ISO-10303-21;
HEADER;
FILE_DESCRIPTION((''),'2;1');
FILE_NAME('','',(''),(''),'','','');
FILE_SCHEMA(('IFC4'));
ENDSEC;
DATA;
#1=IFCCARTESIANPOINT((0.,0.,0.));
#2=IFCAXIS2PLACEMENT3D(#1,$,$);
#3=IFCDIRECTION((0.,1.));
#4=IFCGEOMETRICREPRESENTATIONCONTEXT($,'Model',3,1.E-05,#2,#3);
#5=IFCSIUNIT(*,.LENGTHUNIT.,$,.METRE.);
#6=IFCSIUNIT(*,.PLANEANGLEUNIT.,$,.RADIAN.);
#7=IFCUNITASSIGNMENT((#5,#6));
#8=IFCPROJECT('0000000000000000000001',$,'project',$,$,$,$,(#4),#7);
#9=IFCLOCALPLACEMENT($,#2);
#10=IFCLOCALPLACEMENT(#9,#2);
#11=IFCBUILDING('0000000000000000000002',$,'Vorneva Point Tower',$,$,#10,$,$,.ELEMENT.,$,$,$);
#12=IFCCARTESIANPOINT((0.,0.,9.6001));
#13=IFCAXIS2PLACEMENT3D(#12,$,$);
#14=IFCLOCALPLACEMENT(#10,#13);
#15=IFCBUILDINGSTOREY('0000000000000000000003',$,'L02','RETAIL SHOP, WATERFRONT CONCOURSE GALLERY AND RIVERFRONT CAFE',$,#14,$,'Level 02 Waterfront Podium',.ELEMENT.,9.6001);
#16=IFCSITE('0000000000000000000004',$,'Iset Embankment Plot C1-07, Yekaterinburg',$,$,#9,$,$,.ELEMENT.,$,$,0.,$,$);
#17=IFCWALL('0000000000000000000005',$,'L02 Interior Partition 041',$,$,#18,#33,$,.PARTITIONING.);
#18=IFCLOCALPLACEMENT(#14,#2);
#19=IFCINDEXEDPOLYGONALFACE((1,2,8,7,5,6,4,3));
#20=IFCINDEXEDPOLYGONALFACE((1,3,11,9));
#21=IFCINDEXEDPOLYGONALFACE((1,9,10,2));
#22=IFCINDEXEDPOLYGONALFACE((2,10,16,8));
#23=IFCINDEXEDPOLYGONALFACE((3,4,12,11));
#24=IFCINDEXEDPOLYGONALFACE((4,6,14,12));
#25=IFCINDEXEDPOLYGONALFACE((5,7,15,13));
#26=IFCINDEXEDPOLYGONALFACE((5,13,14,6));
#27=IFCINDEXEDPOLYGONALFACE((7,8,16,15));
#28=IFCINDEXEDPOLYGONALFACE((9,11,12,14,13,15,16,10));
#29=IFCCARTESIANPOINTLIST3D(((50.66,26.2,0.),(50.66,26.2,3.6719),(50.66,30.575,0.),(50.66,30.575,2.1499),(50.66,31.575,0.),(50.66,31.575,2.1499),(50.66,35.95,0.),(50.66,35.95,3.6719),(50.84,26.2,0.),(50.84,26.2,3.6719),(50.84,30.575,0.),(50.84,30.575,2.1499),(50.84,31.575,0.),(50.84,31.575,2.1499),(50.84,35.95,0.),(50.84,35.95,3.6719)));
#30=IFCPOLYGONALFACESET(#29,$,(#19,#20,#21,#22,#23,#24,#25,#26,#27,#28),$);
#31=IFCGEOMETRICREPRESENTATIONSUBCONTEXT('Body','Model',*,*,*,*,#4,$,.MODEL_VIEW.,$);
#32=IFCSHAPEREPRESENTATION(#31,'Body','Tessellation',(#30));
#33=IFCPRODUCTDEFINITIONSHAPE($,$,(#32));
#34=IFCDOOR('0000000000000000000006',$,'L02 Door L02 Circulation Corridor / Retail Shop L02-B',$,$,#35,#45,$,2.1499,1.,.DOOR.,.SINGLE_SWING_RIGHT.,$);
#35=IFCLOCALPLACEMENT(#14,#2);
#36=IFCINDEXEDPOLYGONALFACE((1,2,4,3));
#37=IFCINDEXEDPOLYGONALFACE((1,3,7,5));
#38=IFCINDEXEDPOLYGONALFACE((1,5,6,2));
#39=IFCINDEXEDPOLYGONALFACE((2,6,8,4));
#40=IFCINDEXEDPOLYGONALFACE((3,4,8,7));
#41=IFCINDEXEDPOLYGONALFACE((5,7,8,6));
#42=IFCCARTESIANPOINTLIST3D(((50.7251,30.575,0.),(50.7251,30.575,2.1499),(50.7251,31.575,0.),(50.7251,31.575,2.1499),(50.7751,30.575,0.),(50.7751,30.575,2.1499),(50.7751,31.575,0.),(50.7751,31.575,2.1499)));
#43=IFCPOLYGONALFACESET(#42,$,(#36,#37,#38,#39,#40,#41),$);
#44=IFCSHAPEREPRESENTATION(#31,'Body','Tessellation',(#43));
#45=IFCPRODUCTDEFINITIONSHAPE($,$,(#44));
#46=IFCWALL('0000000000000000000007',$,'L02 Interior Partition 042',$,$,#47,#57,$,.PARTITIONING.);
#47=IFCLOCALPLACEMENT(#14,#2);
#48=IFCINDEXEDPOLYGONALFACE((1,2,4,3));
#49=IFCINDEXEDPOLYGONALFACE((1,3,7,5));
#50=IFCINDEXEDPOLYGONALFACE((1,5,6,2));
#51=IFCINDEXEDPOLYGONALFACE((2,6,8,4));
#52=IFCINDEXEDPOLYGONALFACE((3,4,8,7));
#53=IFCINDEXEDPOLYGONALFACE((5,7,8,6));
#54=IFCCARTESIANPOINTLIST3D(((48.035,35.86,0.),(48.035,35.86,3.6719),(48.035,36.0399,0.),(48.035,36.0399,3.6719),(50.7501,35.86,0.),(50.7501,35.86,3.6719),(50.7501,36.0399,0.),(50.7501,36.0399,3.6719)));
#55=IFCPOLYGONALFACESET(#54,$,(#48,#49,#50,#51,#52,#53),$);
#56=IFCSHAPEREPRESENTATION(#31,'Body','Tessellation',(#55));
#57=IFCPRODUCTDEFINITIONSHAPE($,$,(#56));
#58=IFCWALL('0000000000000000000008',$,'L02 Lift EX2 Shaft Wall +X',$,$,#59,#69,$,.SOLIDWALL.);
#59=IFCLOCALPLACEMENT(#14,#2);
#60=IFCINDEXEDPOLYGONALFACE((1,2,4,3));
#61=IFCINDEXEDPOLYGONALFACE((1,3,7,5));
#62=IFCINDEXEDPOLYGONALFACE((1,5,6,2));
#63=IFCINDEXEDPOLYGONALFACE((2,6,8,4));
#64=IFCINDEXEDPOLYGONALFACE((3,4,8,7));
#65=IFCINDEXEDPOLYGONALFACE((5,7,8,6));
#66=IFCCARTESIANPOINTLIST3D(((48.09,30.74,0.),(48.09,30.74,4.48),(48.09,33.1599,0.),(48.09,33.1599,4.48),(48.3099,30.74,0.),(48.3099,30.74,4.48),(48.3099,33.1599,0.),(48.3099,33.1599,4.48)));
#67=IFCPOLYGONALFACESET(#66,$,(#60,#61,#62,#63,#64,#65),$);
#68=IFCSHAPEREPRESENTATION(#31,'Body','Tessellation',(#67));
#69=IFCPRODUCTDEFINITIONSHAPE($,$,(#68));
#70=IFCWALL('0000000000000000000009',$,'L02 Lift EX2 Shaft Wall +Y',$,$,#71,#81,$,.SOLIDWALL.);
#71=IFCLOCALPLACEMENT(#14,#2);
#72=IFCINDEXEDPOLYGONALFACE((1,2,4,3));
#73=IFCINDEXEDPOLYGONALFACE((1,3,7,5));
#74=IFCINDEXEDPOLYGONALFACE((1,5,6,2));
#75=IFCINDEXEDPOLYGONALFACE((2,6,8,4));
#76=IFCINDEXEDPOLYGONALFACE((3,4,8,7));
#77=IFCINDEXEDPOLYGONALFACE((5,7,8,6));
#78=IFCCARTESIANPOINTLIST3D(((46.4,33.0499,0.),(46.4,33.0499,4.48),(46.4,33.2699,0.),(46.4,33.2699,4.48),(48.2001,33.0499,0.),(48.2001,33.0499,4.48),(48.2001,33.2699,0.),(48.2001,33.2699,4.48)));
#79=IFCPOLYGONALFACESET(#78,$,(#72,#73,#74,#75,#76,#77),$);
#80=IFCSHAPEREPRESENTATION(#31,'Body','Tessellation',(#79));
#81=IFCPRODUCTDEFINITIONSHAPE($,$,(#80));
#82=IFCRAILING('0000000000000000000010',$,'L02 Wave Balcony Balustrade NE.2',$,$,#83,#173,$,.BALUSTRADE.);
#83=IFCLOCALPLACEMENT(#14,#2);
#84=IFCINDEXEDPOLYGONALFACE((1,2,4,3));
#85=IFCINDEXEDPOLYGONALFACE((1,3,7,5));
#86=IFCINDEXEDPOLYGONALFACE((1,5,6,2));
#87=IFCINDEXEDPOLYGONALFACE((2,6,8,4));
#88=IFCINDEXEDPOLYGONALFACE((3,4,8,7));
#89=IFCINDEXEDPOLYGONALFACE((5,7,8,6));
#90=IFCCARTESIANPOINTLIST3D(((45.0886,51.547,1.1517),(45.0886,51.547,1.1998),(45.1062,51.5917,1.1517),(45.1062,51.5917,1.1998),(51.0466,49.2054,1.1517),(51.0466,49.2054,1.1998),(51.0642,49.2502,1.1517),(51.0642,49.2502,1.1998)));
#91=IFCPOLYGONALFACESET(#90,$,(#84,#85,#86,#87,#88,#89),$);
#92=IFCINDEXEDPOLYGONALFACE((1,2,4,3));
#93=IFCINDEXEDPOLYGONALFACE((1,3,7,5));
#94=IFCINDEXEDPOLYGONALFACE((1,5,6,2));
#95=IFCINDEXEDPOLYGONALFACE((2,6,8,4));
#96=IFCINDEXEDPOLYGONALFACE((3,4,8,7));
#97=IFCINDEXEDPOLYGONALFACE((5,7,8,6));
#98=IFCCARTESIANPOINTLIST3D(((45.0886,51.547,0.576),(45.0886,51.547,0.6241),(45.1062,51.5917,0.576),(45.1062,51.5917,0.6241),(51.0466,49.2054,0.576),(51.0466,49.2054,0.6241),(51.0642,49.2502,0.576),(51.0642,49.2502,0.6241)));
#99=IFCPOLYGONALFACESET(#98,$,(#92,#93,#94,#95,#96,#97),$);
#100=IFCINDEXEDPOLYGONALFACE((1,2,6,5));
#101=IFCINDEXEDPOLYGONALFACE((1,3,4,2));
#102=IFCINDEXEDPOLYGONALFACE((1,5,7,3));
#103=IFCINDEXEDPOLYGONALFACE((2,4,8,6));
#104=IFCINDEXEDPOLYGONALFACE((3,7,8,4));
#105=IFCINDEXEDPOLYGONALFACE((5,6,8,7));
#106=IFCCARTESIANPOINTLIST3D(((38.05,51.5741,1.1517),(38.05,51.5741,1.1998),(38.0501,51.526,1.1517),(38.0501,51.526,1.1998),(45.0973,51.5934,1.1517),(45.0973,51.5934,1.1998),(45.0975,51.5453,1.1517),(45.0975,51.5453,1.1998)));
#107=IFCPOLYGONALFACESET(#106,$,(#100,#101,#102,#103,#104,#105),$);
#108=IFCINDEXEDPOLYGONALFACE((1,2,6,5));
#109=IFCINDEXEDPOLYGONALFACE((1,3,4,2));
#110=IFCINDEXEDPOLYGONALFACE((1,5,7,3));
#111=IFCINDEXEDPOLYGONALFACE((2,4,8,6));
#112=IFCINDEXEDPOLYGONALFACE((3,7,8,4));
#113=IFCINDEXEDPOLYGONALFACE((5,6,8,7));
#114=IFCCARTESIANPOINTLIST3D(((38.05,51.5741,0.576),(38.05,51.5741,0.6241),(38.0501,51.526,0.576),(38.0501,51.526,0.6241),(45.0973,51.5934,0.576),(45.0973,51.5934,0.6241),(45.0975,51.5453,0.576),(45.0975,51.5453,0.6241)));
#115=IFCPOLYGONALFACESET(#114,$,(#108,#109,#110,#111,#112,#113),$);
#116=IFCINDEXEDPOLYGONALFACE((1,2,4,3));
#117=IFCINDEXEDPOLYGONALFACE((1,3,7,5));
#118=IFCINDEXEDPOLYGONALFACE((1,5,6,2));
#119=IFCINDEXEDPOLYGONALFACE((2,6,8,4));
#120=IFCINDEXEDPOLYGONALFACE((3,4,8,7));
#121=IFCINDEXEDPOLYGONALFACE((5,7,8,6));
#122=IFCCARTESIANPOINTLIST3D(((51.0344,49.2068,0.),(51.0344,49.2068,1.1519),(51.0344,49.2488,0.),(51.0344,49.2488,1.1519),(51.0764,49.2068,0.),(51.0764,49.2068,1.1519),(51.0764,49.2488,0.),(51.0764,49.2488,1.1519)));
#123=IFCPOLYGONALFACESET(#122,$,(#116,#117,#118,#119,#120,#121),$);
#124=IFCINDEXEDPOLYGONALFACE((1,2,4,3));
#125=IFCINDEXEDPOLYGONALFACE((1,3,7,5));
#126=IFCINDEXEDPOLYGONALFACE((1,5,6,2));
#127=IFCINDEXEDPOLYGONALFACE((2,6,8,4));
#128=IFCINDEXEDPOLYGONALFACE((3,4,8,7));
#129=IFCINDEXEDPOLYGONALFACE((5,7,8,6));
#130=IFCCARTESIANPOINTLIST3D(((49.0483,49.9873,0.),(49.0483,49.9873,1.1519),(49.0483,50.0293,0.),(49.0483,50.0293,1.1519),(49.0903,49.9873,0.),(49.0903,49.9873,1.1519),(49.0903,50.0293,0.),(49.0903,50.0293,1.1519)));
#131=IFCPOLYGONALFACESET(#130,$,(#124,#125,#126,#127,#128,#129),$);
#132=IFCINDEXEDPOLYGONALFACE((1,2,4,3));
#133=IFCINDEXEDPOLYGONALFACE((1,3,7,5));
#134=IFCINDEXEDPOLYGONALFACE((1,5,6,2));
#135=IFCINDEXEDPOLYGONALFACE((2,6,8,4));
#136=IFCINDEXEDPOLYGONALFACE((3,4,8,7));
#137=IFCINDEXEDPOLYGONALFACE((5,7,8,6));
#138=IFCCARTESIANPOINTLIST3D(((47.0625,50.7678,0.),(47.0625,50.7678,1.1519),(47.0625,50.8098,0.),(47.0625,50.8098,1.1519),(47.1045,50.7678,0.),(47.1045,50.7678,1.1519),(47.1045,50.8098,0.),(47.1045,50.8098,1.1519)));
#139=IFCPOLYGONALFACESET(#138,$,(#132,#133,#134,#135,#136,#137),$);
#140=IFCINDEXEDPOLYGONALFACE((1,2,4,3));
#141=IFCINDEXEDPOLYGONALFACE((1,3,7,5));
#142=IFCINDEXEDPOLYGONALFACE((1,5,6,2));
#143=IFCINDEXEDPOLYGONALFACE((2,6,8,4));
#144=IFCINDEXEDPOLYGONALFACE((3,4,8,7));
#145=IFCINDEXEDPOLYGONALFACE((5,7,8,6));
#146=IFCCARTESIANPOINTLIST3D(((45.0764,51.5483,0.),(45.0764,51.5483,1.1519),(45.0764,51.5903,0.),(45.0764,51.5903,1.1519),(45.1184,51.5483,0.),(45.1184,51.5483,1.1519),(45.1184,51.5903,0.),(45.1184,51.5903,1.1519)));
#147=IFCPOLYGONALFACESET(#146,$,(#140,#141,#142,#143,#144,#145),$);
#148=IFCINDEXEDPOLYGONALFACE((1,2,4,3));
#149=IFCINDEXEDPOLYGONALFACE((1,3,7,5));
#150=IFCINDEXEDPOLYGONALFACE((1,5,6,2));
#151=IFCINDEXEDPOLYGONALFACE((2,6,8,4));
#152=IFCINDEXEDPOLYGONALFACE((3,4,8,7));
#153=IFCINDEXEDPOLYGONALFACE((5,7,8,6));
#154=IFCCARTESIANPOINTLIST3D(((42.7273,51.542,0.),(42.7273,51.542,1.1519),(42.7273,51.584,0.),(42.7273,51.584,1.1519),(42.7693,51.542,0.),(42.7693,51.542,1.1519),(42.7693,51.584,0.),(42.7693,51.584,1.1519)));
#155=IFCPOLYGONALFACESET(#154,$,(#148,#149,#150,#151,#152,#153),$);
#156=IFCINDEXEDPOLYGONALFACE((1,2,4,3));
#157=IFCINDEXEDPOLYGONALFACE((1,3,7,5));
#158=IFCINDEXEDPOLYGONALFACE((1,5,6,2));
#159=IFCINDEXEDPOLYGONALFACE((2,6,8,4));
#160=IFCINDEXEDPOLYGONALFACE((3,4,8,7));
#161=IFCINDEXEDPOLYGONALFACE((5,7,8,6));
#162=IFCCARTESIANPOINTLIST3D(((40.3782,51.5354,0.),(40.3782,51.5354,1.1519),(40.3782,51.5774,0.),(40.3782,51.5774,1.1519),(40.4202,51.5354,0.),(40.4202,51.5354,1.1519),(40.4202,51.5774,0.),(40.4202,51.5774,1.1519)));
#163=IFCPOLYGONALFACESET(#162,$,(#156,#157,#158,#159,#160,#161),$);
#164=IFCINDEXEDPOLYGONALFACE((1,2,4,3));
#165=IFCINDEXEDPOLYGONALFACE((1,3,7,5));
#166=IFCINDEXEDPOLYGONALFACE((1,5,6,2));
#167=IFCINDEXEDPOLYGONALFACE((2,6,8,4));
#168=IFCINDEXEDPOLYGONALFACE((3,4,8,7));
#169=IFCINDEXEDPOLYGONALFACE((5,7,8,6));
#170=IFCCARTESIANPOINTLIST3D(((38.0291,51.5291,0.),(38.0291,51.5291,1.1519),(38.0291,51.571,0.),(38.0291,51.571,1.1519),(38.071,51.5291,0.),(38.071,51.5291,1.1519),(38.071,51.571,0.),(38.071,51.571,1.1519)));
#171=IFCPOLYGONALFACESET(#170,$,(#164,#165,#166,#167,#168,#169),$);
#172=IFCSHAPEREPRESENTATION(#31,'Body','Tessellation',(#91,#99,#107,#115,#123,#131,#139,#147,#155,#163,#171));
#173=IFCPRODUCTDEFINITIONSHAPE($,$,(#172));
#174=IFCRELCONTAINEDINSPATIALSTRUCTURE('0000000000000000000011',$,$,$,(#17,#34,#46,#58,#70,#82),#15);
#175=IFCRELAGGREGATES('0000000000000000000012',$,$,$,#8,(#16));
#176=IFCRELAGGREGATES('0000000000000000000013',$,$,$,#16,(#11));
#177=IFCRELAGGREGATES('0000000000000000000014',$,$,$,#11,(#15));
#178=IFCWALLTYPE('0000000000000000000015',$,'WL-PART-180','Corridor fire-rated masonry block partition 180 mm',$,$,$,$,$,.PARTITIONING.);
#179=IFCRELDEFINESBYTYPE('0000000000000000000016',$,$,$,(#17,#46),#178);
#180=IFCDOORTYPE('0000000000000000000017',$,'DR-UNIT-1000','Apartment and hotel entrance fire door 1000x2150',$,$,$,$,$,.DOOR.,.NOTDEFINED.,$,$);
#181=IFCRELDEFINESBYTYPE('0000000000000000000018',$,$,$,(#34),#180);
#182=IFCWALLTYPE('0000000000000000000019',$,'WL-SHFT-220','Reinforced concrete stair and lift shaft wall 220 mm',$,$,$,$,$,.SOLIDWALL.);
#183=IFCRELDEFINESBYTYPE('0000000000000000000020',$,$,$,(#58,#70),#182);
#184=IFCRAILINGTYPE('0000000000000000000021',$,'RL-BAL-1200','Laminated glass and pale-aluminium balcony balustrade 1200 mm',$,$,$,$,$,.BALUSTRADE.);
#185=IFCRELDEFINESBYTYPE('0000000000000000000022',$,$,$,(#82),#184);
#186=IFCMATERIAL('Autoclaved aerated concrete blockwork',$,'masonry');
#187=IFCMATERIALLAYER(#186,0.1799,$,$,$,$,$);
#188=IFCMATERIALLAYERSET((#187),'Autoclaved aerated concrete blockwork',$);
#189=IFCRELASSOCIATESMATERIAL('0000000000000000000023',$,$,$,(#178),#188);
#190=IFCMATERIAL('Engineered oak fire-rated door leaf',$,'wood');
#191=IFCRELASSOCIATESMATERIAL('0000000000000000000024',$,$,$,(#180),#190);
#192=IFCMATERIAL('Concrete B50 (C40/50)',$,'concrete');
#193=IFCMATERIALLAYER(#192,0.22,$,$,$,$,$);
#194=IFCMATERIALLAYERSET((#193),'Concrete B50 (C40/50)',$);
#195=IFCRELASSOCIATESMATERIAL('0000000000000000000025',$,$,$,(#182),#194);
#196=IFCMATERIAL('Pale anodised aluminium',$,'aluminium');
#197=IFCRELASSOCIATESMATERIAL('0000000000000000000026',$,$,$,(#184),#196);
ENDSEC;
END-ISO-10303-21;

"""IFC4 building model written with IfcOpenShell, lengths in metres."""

from ifc_helpers import new_model, si_unit, direction, frame, frame_2d, origin, origin_2d, place, context, subcontext, project, spatial, rectangle, extrude, material, layer, layer_set, type_object, element, fill, save


model = new_model("IFC4")

# Units and contexts
model_context = context("Model", 3, precision=1e-05, world=origin(), true_north=direction((0.0, 1.0)))
body_context = subcontext(model_context, "Body", "Model", "MODEL_VIEW")
ifc_project = project(units=[si_unit("LENGTHUNIT", "METRE"), si_unit("PLANEANGLEUNIT", "RADIAN")], contexts=[model_context])

# Site, building, storey
site_placement = place(None, origin())
site = spatial("IfcSite", under=ifc_project, at=site_placement, Name="Iset Embankment Plot C1-07, Yekaterinburg", CompositionType="ELEMENT", RefElevation=0.0)
building_placement = place(site_placement, origin())
building = spatial("IfcBuilding", under=site, at=building_placement, Name="Vorneva Point Tower", CompositionType="ELEMENT")
storey_placement = place(building_placement, frame((0.0, 0.0, 9.6001)))
storey = spatial("IfcBuildingStorey", under=building, at=storey_placement, Name="L02", Description="RETAIL SHOP, WATERFRONT CONCOURSE GALLERY AND RIVERFRONT CAFE", LongName="Level 02 Waterfront Podium", CompositionType="ELEMENT", Elevation=9.6001)

# Shared definitions
ifc_material_1 = material(Name="Pale anodised aluminium", Category="aluminium")

# Wall, opening, door
ifc_material_2 = material(Name="Autoclaved aerated concrete blockwork", Category="masonry")
ifc_layer_1 = layer(ifc_material_2, 0.1799)
ifc_layer_set_1 = layer_set([ifc_layer_1], Name="Autoclaved aerated concrete blockwork")
wall_type_1 = type_object("IfcWallType", Name="WL-PART-180", Description="Corridor fire-rated masonry block partition 180 mm", PredefinedType="PARTITIONING", material=ifc_layer_set_1)
ifc_material_3 = material(Name="Engineered oak fire-rated door leaf", Category="wood")
door_type_1 = type_object("IfcDoorType", Name="DR-UNIT-1000", Description="Apartment and hotel entrance fire door 1000x2150", OperationType="NOTDEFINED", PredefinedType="DOOR", material=ifc_material_3)
wall_1_placement = place(storey_placement, frame((50.75, 26.2, 0.0), z_axis=(0.0, 0.0, 1.0), x_axis=(0.0, 1.0, 0.0)))
wall_1 = element("IfcWall", 1, at=wall_1_placement, inside=storey, type_object=wall_type_1, Name="L02 Interior Partition 041", PredefinedType="PARTITIONING", context=body_context, shape_type="SweptSolid", body=[
    extrude(rectangle(XDim=9.75, YDim=0.1799, at=frame_2d((4.875, 0.0))), origin(), (0.0, 0.0, 1.0), 3.6719),
])
opening_1_placement = place(wall_1_placement, frame((4.375, 0.0, 0.0)))
opening_1 = element("IfcOpeningElement", 2, at=opening_1_placement, cuts=wall_1, PredefinedType="OPENING", context=body_context, shape_type="SweptSolid", body=[
    extrude(rectangle(XDim=1.0, YDim=2.1499, at=frame_2d((0.5, 1.075))), frame((0.0, 0.105, 0.0), z_axis=(0.0, -1.0, 0.0), x_axis=(1.0, 0.0, 0.0)), (0.0, 0.0, 1.0), 0.2097),
])
door_1_placement = place(opening_1_placement, origin())
door_1 = element("IfcDoor", 3, at=door_1_placement, inside=storey, type_object=door_type_1, Name="L02 Door L02 Circulation Corridor / Retail Shop L02-B", OperationType="SINGLE_SWING_RIGHT", OverallHeight=2.1499, OverallWidth=1.0, PredefinedType="DOOR", context=body_context, shape_type="SweptSolid", body=[
    extrude(rectangle(XDim=1.0, YDim=2.1499, at=frame_2d((0.5, 1.075))), frame((0.0, 0.0249, 0.0), z_axis=(0.0, -1.0, 0.0), x_axis=(1.0, 0.0, 0.0)), (0.0, 0.0, 1.0), 0.05),
])
fill(opening_1, door_1)

# Walls
wall_2_placement = place(storey_placement, frame((50.75, 35.95, 0.0), z_axis=(0.0, 0.0, 1.0), x_axis=(-1.0, 0.0, 0.0)))
element("IfcWall", 4, at=wall_2_placement, inside=storey, type_object=wall_type_1, Name="L02 Interior Partition 042", PredefinedType="PARTITIONING", context=body_context, shape_type="SweptSolid", body=[
    extrude(rectangle(XDim=2.7151, YDim=0.1799, at=frame_2d((1.3574, 0.0))), origin(), (0.0, 0.0, 1.0), 3.6719),
])
ifc_material_4 = material(Name="Concrete B50 (C40/50)", Category="concrete")
ifc_layer_2 = layer(ifc_material_4, 0.22)
ifc_layer_set_2 = layer_set([ifc_layer_2], Name="Concrete B50 (C40/50)")
wall_type_2 = type_object("IfcWallType", Name="WL-SHFT-220", Description="Reinforced concrete stair and lift shaft wall 220 mm", PredefinedType="SOLIDWALL", material=ifc_layer_set_2)
wall_3_placement = place(storey_placement, frame((48.2, 30.74, 0.0), z_axis=(0.0, 0.0, 1.0), x_axis=(0.0, 1.0, 0.0)))
element("IfcWall", 5, at=wall_3_placement, inside=storey, type_object=wall_type_2, Name="L02 Lift EX2 Shaft Wall +X", PredefinedType="SOLIDWALL", context=body_context, shape_type="SweptSolid", body=[
    extrude(rectangle(XDim=2.4199, YDim=0.22, at=frame_2d((1.21, 0.0))), origin(), (0.0, 0.0, 1.0), 4.48),
])
wall_4_placement = place(storey_placement, frame((48.2, 33.1599, 0.0), z_axis=(0.0, 0.0, 1.0), x_axis=(-1.0, 0.0, 0.0)))
element("IfcWall", 6, at=wall_4_placement, inside=storey, type_object=wall_type_2, Name="L02 Lift EX2 Shaft Wall +Y", PredefinedType="SOLIDWALL", context=body_context, shape_type="SweptSolid", body=[
    extrude(rectangle(XDim=1.8, YDim=0.22, at=frame_2d((0.8999, 0.0))), origin(), (0.0, 0.0, 1.0), 4.48),
])

# Railing
railing_type = type_object("IfcRailingType", Name="RL-BAL-1200", Description="Laminated glass and pale-aluminium balcony balustrade 1200 mm", PredefinedType="BALUSTRADE", material=ifc_material_1)
railing_placement = place(storey_placement, frame((51.0554, 49.2278, 0.0)))
element("IfcRailing", 7, at=railing_placement, inside=storey, type_object=railing_type, Name="L02 Wave Balcony Balustrade NE.2", PredefinedType="BALUSTRADE", context=body_context, shape_type="SweptSolid", body=[
    extrude(rectangle(XDim=0.0481, YDim=0.0481, at=origin_2d()), frame((0.0, 0.0, 1.1758), z_axis=(-0.930703, 0.365775, 0.0), x_axis=(-0.365775, -0.930703, 0.0)), (0.0, 0.0, 1.0), 6.4016),
    extrude(rectangle(XDim=0.0481, YDim=0.0481, at=origin_2d()), frame((0.0, 0.0, 0.6001), z_axis=(-0.930703, 0.365775, 0.0), x_axis=(-0.365775, -0.930703, 0.0)), (0.0, 0.0, 1.0), 6.4016),
    extrude(rectangle(XDim=0.0481, YDim=0.0481, at=origin_2d()), frame((-5.958, 2.3416, 1.1758), z_axis=(-0.999996, -0.002737, 0.0), x_axis=(0.002737, -0.999996, 0.0)), (0.0, 0.0, 1.0), 7.0474),
    extrude(rectangle(XDim=0.0481, YDim=0.0481, at=origin_2d()), frame((-5.958, 2.3416, 0.6001), z_axis=(-0.999996, -0.002737, 0.0), x_axis=(0.002737, -0.999996, 0.0)), (0.0, 0.0, 1.0), 7.0474),
    extrude(rectangle(XDim=0.042, YDim=0.042, at=origin_2d()), origin(), (0.0, 0.0, 1.0), 1.1519),
    extrude(rectangle(XDim=0.042, YDim=0.042, at=origin_2d()), frame((-1.9861, 0.7805, 0.0)), (0.0, 0.0, 1.0), 1.1519),
    extrude(rectangle(XDim=0.042, YDim=0.042, at=origin_2d()), frame((-3.9719, 1.561, 0.0)), (0.0, 0.0, 1.0), 1.1519),
    extrude(rectangle(XDim=0.042, YDim=0.042, at=origin_2d()), frame((-5.958, 2.3416, 0.0)), (0.0, 0.0, 1.0), 1.1519),
    extrude(rectangle(XDim=0.042, YDim=0.042, at=origin_2d()), frame((-8.3071, 2.3352, 0.0)), (0.0, 0.0, 1.0), 1.1519),
    extrude(rectangle(XDim=0.042, YDim=0.042, at=origin_2d()), frame((-10.6562, 2.3286, 0.0)), (0.0, 0.0, 1.0), 1.1519),
    extrude(rectangle(XDim=0.042, YDim=0.042, at=origin_2d()), frame((-13.0054, 2.3223, 0.0)), (0.0, 0.0, 1.0), 1.1519),
])

save(model, "model.ifc")
